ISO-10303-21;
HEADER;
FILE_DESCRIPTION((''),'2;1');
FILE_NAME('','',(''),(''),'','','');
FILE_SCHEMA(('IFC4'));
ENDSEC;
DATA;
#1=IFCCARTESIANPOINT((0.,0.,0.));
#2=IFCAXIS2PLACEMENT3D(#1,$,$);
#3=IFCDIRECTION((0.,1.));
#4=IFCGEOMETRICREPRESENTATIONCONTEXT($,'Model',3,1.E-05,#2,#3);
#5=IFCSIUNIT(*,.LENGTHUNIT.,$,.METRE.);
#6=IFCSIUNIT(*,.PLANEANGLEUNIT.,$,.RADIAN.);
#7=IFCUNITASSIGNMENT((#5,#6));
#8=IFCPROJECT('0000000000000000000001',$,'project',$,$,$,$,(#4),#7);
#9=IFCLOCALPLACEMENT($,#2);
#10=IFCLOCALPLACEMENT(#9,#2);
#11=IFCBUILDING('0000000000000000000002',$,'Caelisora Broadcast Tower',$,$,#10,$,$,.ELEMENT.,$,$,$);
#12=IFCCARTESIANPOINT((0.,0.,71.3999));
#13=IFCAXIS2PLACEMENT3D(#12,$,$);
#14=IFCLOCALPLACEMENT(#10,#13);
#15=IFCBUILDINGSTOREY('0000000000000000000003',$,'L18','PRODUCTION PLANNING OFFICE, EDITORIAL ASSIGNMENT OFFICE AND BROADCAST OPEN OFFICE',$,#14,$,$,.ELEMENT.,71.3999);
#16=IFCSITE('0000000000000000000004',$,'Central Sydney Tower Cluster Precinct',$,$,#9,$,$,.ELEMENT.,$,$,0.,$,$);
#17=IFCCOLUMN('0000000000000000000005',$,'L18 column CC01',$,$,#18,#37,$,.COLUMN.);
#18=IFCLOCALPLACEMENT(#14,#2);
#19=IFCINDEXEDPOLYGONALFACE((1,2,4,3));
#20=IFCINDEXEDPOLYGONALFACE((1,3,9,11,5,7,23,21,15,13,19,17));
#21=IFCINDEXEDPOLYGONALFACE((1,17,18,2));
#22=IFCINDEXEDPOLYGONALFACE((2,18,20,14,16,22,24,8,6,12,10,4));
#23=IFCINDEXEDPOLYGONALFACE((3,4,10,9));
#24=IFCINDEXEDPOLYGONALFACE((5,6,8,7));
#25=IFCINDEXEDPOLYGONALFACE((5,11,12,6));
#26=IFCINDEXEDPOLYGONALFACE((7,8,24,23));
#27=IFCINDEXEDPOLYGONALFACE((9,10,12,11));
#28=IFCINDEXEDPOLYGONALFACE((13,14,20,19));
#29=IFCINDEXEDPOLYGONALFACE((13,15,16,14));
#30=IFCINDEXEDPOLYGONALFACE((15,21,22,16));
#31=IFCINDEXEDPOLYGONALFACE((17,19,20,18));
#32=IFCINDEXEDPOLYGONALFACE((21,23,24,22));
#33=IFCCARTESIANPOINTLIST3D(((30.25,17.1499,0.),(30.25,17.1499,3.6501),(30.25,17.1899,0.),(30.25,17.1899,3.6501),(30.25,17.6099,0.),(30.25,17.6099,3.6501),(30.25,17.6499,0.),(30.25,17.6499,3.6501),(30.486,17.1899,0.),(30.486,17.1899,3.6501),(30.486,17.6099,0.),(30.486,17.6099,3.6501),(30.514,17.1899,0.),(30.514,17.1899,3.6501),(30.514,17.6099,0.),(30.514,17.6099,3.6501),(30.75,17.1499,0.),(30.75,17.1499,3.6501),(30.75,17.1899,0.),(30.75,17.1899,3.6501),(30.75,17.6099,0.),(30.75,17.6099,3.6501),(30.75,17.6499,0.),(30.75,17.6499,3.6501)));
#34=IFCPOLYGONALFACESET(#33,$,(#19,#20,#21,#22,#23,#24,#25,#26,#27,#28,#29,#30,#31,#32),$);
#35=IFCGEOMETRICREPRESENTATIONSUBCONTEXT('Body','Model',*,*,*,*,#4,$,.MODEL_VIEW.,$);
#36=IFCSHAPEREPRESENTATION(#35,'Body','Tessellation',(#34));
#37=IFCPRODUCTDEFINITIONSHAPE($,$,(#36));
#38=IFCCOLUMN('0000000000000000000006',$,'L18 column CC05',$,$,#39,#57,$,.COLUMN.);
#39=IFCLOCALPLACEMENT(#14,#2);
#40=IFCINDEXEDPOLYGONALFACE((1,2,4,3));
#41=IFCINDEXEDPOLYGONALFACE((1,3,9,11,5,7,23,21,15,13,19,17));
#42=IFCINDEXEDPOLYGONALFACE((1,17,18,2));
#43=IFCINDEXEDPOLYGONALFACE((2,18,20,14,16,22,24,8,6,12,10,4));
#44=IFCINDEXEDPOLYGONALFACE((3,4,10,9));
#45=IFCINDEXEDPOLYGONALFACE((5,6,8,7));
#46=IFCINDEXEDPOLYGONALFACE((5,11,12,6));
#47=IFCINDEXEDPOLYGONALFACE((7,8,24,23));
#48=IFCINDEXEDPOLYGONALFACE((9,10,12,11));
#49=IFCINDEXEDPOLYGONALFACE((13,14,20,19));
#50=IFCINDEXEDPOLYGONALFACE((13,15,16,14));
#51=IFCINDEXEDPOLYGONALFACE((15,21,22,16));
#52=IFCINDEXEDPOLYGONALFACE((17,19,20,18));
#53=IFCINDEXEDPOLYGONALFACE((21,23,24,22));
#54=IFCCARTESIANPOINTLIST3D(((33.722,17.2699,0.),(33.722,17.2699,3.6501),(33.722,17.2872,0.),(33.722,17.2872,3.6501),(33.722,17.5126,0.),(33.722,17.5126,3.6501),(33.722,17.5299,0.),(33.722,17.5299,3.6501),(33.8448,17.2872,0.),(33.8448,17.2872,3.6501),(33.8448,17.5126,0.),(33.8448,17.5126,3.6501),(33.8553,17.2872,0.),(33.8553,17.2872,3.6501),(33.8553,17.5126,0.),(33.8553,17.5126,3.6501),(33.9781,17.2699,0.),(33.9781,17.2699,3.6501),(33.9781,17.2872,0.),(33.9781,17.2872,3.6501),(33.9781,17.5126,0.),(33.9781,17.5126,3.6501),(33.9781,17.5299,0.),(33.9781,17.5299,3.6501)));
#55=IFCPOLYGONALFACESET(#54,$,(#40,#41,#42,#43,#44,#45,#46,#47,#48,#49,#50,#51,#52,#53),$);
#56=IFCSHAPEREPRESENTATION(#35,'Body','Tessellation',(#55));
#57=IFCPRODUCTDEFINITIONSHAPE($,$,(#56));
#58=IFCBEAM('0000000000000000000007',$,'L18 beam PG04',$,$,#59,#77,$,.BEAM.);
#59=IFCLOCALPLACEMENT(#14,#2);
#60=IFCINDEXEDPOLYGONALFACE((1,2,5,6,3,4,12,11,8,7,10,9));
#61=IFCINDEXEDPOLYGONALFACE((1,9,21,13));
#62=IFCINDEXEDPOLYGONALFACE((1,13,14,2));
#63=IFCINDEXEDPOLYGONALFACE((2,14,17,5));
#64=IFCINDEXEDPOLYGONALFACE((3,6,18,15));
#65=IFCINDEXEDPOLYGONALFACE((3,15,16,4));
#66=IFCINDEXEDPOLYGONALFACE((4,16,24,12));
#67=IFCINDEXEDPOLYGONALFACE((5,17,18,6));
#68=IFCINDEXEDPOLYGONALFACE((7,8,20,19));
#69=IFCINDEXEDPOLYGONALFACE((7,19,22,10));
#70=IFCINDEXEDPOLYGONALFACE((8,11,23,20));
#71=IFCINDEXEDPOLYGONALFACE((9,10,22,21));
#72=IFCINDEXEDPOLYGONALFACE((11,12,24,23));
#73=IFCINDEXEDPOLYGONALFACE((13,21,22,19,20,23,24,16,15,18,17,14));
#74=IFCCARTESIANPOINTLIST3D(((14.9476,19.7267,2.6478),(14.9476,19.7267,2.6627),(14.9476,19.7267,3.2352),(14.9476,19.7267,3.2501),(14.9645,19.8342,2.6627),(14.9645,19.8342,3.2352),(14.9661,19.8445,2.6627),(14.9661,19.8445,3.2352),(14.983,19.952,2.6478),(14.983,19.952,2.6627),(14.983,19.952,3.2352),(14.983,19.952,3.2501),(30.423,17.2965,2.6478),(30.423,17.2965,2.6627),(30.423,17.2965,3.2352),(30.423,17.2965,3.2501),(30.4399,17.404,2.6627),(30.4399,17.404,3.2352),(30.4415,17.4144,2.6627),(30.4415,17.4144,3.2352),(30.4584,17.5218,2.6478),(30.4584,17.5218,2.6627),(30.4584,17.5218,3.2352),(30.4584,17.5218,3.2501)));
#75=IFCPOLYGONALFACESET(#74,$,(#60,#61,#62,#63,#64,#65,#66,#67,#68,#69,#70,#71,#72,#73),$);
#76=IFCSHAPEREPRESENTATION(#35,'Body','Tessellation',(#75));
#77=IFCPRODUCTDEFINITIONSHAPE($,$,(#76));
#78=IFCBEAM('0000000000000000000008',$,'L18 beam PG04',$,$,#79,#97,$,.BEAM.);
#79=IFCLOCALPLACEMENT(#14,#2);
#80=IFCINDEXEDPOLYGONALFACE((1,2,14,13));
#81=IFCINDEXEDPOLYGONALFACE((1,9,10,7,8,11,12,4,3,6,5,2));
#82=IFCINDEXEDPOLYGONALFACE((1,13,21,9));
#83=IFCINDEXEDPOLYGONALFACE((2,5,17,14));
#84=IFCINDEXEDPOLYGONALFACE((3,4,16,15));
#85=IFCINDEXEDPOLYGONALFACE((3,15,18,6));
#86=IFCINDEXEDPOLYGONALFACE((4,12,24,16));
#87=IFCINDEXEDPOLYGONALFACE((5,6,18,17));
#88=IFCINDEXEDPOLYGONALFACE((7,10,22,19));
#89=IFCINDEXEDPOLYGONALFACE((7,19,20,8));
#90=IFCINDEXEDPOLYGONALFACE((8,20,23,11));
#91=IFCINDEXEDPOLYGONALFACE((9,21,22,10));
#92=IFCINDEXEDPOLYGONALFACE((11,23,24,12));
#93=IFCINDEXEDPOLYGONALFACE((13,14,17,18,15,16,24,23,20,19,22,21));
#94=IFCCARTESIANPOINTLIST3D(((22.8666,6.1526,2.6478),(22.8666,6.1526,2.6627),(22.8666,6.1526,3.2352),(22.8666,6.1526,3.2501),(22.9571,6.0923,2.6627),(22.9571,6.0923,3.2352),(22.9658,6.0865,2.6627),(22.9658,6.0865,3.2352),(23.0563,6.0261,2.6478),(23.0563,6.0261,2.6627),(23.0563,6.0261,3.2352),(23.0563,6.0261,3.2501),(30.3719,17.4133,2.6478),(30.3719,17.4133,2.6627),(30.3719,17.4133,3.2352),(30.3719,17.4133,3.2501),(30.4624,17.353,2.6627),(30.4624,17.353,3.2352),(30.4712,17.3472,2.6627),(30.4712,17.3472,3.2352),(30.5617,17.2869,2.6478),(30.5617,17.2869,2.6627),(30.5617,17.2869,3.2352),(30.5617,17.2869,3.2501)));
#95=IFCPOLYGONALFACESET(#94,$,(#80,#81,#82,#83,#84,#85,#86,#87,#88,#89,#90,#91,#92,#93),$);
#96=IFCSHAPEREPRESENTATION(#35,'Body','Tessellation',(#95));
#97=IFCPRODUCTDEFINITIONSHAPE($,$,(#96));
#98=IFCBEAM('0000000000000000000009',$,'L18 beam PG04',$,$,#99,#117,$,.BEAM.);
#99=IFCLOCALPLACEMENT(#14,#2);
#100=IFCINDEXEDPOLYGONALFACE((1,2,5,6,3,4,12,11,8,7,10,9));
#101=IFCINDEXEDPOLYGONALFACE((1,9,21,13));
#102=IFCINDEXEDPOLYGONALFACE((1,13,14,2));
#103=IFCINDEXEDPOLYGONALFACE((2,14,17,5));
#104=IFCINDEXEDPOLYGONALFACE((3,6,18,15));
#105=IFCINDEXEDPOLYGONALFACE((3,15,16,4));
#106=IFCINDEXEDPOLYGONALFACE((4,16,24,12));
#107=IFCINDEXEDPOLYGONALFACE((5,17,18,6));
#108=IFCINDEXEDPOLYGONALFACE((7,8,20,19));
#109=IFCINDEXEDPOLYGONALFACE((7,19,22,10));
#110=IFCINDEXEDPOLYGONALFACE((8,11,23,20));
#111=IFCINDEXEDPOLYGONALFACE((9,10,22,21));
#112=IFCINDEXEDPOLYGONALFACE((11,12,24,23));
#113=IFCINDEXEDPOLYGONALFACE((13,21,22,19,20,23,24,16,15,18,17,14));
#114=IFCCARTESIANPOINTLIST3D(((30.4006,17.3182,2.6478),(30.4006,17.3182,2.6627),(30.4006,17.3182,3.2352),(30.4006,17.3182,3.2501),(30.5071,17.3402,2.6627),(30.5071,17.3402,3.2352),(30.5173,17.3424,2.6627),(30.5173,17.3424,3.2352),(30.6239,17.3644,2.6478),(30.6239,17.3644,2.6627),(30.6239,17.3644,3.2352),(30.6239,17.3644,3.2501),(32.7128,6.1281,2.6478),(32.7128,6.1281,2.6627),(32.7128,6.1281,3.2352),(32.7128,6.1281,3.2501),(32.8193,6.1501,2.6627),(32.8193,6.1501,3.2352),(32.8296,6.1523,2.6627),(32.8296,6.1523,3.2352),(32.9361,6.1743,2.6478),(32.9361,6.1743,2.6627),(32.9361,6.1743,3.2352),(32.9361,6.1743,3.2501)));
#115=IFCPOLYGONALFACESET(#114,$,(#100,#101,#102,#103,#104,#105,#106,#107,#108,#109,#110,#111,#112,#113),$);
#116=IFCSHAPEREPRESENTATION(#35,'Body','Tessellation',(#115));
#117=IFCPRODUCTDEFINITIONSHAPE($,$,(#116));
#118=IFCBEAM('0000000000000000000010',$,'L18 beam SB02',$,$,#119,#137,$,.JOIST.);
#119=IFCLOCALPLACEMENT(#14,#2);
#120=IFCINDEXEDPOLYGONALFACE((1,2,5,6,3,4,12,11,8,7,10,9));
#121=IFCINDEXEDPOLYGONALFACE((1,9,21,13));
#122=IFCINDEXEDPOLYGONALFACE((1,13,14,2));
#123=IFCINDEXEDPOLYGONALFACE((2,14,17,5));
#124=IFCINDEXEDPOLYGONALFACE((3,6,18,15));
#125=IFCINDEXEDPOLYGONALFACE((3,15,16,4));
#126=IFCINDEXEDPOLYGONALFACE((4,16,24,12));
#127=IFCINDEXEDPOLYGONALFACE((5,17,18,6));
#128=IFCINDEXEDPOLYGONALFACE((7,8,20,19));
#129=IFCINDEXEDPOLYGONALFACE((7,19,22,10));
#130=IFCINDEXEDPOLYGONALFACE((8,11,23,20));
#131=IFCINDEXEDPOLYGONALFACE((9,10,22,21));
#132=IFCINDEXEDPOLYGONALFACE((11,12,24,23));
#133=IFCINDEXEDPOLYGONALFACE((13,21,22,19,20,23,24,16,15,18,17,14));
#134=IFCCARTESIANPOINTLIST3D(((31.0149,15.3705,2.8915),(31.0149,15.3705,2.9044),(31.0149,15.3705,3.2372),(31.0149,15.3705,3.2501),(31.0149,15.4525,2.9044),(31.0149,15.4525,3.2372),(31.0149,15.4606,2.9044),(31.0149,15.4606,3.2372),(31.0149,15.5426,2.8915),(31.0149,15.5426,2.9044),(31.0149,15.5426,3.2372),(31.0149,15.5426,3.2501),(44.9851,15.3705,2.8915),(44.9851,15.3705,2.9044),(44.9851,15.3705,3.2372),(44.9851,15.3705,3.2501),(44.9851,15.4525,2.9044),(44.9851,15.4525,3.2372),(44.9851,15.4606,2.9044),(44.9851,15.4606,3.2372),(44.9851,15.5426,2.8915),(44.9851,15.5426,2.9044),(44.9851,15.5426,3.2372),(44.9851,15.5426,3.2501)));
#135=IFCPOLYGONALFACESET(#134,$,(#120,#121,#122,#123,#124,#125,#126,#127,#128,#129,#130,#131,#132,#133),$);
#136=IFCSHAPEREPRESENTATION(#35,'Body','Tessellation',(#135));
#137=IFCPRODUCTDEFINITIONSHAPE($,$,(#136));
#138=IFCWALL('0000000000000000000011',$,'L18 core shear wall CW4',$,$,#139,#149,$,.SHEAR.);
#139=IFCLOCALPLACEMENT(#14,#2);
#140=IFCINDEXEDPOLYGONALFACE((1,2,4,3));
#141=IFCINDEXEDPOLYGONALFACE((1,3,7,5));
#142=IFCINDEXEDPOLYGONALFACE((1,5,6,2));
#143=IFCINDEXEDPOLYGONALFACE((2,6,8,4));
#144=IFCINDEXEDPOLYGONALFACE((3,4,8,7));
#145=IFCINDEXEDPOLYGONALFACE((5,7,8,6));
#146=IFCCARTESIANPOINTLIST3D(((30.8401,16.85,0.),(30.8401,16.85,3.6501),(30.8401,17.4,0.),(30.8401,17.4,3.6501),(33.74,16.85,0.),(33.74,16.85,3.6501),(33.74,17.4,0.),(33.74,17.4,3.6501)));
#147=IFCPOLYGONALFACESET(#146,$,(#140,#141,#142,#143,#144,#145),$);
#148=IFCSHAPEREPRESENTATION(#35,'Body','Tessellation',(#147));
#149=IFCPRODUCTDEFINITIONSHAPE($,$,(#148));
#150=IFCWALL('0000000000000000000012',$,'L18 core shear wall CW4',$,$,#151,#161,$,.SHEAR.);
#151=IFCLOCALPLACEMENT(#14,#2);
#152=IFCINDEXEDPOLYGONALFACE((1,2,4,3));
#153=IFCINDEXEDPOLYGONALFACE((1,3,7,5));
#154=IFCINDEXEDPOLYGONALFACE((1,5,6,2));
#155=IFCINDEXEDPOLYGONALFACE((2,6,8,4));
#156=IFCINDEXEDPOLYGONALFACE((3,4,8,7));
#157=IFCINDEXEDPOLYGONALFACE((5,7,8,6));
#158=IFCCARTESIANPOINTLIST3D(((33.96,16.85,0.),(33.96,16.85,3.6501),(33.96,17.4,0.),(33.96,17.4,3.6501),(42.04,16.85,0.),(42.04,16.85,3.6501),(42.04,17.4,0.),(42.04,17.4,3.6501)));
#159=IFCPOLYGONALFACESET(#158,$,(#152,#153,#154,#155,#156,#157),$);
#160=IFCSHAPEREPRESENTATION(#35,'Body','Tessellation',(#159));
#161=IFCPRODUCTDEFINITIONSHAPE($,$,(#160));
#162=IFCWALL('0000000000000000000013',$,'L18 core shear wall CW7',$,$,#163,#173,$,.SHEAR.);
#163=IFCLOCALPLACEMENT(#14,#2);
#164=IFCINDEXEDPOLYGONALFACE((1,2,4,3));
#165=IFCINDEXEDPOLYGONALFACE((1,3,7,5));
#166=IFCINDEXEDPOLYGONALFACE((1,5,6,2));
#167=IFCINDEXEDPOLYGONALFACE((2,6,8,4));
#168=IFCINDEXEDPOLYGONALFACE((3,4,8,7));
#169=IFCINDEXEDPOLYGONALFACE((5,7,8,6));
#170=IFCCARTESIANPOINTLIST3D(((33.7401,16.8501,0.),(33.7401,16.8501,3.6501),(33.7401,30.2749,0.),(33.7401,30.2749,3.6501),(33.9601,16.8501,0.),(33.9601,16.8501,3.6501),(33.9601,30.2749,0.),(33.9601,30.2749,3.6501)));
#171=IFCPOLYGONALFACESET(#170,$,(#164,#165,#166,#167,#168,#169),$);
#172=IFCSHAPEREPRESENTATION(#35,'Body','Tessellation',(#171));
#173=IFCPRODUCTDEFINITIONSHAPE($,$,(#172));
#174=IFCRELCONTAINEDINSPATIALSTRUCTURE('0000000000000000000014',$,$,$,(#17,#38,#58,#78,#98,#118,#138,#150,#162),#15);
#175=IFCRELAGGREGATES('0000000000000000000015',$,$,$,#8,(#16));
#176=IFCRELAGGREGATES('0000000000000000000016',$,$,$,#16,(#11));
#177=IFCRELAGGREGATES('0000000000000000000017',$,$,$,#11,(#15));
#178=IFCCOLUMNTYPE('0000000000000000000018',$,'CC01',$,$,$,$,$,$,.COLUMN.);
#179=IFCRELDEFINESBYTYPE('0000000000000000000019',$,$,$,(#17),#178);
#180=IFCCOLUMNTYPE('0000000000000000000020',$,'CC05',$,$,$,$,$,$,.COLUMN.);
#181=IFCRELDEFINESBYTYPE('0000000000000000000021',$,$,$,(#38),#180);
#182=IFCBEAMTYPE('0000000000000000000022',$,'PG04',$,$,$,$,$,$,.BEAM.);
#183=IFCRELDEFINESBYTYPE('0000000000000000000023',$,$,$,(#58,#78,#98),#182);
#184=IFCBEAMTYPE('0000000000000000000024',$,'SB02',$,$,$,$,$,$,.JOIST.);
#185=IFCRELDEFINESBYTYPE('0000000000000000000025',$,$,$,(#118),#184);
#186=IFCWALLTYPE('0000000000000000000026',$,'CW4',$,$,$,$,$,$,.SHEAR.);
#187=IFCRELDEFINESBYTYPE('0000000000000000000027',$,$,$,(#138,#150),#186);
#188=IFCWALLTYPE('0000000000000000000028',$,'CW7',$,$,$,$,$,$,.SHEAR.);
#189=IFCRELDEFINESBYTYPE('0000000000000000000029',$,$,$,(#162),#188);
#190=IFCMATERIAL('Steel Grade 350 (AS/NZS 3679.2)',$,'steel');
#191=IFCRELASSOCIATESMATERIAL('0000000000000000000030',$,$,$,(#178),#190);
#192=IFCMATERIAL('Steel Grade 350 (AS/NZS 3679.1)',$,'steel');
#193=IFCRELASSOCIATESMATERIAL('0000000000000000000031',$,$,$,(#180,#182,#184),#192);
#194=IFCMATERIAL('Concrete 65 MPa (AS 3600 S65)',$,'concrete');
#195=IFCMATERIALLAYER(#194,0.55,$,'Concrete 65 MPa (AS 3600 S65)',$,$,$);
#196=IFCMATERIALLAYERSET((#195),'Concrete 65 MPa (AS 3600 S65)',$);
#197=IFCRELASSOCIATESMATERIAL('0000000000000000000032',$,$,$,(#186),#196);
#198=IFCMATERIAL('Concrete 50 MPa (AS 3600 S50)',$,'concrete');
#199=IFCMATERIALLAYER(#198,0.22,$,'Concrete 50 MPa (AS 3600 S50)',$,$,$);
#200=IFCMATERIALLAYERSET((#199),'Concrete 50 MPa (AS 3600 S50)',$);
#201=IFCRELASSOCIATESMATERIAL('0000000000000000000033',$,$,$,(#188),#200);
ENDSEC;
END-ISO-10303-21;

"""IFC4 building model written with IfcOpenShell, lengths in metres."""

from ifc_helpers import new_model, si_unit, direction, frame, frame_2d, origin, origin_2d, place, context, subcontext, project, spatial, rectangle, i_section, extrude, source, transform, mapped, material, layer, layer_set, material_profile, profile_set, type_object, type_shapes, element, save


model = new_model("IFC4")

# Units and contexts
model_context = context("Model", 3, precision=1e-05, world=origin(), true_north=direction((0.0, 1.0)))
body_context = subcontext(model_context, "Body", "Model", "MODEL_VIEW")
ifc_project = project(units=[si_unit("LENGTHUNIT", "METRE"), si_unit("PLANEANGLEUNIT", "RADIAN")], contexts=[model_context])

# Site, building, storey
site_placement = place(None, origin())
site = spatial("IfcSite", under=ifc_project, at=site_placement, Name="Central Sydney Tower Cluster Precinct", CompositionType="ELEMENT", RefElevation=0.0)
building_placement = place(site_placement, origin())
building = spatial("IfcBuilding", under=site, at=building_placement, Name="Caelisora Broadcast Tower", CompositionType="ELEMENT")
storey_placement = place(building_placement, frame((0.0, 0.0, 71.3999)))
storey = spatial("IfcBuildingStorey", under=building, at=storey_placement, Name="L18", Description="PRODUCTION PLANNING OFFICE, EDITORIAL ASSIGNMENT OFFICE AND BROADCAST OPEN OFFICE", CompositionType="ELEMENT", Elevation=71.3999)

# Columns
ifc_material_1 = material(Name="Steel Grade 350 (AS/NZS 3679.2)", Category="steel")
ifc_material_profile_1 = material_profile(ifc_material_1, i_section(OverallWidth=0.5, OverallDepth=0.5, WebThickness=0.0281, FlangeThickness=0.04, at=origin_2d()), Name="Steel Grade 350 (AS/NZS 3679.2)")
ifc_profile_set_1 = profile_set([ifc_material_profile_1], Name="Steel Grade 350 (AS/NZS 3679.2)")
column_type_1 = type_object("IfcColumnType", Name="CC01", PredefinedType="COLUMN", material=ifc_profile_set_1)
shared_shape_1 = source(origin(), body_context, "Body", "SweptSolid", [
    extrude(i_section(OverallWidth=0.5, OverallDepth=0.5, WebThickness=0.0281, FlangeThickness=0.04, at=origin_2d()), origin(), (0.0, 0.0, 1.0), 3.6501),
])
type_shapes(column_type_1, [shared_shape_1])
column_1_placement = place(storey_placement, frame((30.5, 17.3999, 0.0), z_axis=(0.0, 0.0, 1.0), x_axis=(1.0, 0.0, 0.0)))
element("IfcColumn", 1, at=column_1_placement, inside=storey, type_object=column_type_1, Name="L18 column CC01", PredefinedType="COLUMN", context=body_context, shape_type="MappedRepresentation", body=[
    mapped(shared_shape_1, transform((0.0, 0.0, 0.0), scale=1.0)),
])
ifc_material_2 = material(Name="Steel Grade 350 (AS/NZS 3679.1)", Category="steel")
ifc_material_profile_2 = material_profile(ifc_material_2, i_section(OverallWidth=0.2561, OverallDepth=0.26, WebThickness=0.0105, FlangeThickness=0.0173, at=origin_2d()), Name="Steel Grade 350 (AS/NZS 3679.1)")
ifc_profile_set_2 = profile_set([ifc_material_profile_2], Name="Steel Grade 350 (AS/NZS 3679.1)")
column_type_2 = type_object("IfcColumnType", Name="CC05", PredefinedType="COLUMN", material=ifc_profile_set_2)
shared_shape_2 = source(origin(), body_context, "Body", "SweptSolid", [
    extrude(i_section(OverallWidth=0.2561, OverallDepth=0.26, WebThickness=0.0105, FlangeThickness=0.0173, at=origin_2d()), origin(), (0.0, 0.0, 1.0), 3.6501),
])
type_shapes(column_type_2, [shared_shape_2])
column_2_placement = place(storey_placement, frame((33.8501, 17.3999, 0.0), z_axis=(0.0, 0.0, 1.0), x_axis=(1.0, 0.0, 0.0)))
element("IfcColumn", 2, at=column_2_placement, inside=storey, type_object=column_type_2, Name="L18 column CC05", PredefinedType="COLUMN", context=body_context, shape_type="MappedRepresentation", body=[
    mapped(shared_shape_2, transform((0.0, 0.0, 0.0), scale=1.0)),
])

# Beams
ifc_material_profile_3 = material_profile(ifc_material_2, i_section(OverallWidth=0.228, OverallDepth=0.6023, WebThickness=0.0105, FlangeThickness=0.0149, at=origin_2d()), Name="Steel Grade 350 (AS/NZS 3679.1)")
ifc_profile_set_3 = profile_set([ifc_material_profile_3], Name="Steel Grade 350 (AS/NZS 3679.1)")
beam_type_1 = type_object("IfcBeamType", Name="PG04", PredefinedType="BEAM", material=ifc_profile_set_3)
shared_shape_3 = source(origin(), body_context, "Body", "SweptSolid", [
    extrude(i_section(OverallWidth=0.228, OverallDepth=0.6023, WebThickness=0.0105, FlangeThickness=0.0149, at=origin_2d()), origin(), (0.0, 0.0, 1.0), 15.665),
])
beam_1_placement = place(storey_placement, frame((30.4407, 17.4092, 2.949), z_axis=(-0.987893, 0.155134, 0.0), x_axis=(-0.155134, -0.987893, 0.0)))
element("IfcBeam", 3, at=beam_1_placement, inside=storey, type_object=beam_type_1, Name="L18 beam PG04", PredefinedType="BEAM", context=body_context, shape_type="MappedRepresentation", body=[
    mapped(shared_shape_3, transform((0.0, 0.0, 0.0), scale=1.0)),
])
shared_shape_4 = source(origin(), body_context, "Body", "SweptSolid", [
    extrude(i_section(OverallWidth=0.228, OverallDepth=0.6023, WebThickness=0.0105, FlangeThickness=0.0149, at=origin_2d()), origin(), (0.0, 0.0, 1.0), 13.5327),
])
beam_2_placement = place(storey_placement, frame((30.4668, 17.3501, 2.949), z_axis=(-0.554609, -0.832111, 0.0), x_axis=(0.832111, -0.554609, 0.0)))
element("IfcBeam", 4, at=beam_2_placement, inside=storey, type_object=beam_type_1, Name="L18 beam PG04", PredefinedType="BEAM", context=body_context, shape_type="MappedRepresentation", body=[
    mapped(shared_shape_4, transform((0.0, 0.0, 0.0), scale=1.0)),
])
shared_shape_5 = source(origin(), body_context, "Body", "SweptSolid", [
    extrude(i_section(OverallWidth=0.228, OverallDepth=0.6023, WebThickness=0.0105, FlangeThickness=0.0149, at=origin_2d()), origin(), (0.0, 0.0, 1.0), 11.4265),
])
type_shapes(beam_type_1, [shared_shape_3, shared_shape_4, shared_shape_5])
beam_3_placement = place(storey_placement, frame((30.5122, 17.3413, 2.949), z_axis=(0.202358, -0.979312, 0.0), x_axis=(0.979312, 0.202358, 0.0)))
element("IfcBeam", 5, at=beam_3_placement, inside=storey, type_object=beam_type_1, Name="L18 beam PG04", PredefinedType="BEAM", context=body_context, shape_type="MappedRepresentation", body=[
    mapped(shared_shape_5, transform((0.0, 0.0, 0.0), scale=1.0)),
])
ifc_material_profile_4 = material_profile(ifc_material_2, i_section(OverallWidth=0.1721, OverallDepth=0.3586, WebThickness=0.0081, FlangeThickness=0.0129, at=origin_2d()), Name="Steel Grade 350 (AS/NZS 3679.1)")
ifc_profile_set_4 = profile_set([ifc_material_profile_4], Name="Steel Grade 350 (AS/NZS 3679.1)")
beam_type_2 = type_object("IfcBeamType", Name="SB02", PredefinedType="JOIST", material=ifc_profile_set_4)
shared_shape_6 = source(origin(), body_context, "Body", "SweptSolid", [
    extrude(i_section(OverallWidth=0.1721, OverallDepth=0.3586, WebThickness=0.0081, FlangeThickness=0.0129, at=origin_2d()), origin(), (0.0, 0.0, 1.0), 13.9702),
])
type_shapes(beam_type_2, [shared_shape_6])
beam_4_placement = place(storey_placement, frame((31.0149, 15.4565, 3.0708), z_axis=(1.0, 0.0, 0.0), x_axis=(0.0, 1.0, 0.0)))
element("IfcBeam", 6, at=beam_4_placement, inside=storey, type_object=beam_type_2, Name="L18 beam SB02", PredefinedType="JOIST", context=body_context, shape_type="MappedRepresentation", body=[
    mapped(shared_shape_6, transform((0.0, 0.0, 0.0), scale=1.0)),
])

# Shared definitions
ifc_material_3 = material(Name="Concrete 65 MPa (AS 3600 S65)", Category="concrete")

# Walls
ifc_layer_1 = layer(ifc_material_3, 0.55, Name="Concrete 65 MPa (AS 3600 S65)")
ifc_layer_set_1 = layer_set([ifc_layer_1], Name="Concrete 65 MPa (AS 3600 S65)")
wall_type_1 = type_object("IfcWallType", Name="CW4", PredefinedType="SHEAR", material=ifc_layer_set_1)
wall_1_placement = place(storey_placement, frame((30.8401, 17.125, 0.0), z_axis=(0.0, 0.0, 1.0), x_axis=(1.0, 0.0, 0.0)))
element("IfcWall", 7, at=wall_1_placement, inside=storey, type_object=wall_type_1, Name="L18 core shear wall CW4", PredefinedType="SHEAR", context=body_context, shape_type="SweptSolid", body=[
    extrude(rectangle(XDim=2.8999, YDim=0.55, at=frame_2d((1.45, 0.0))), origin(), (0.0, 0.0, 1.0), 3.6501),
])
wall_2_placement = place(storey_placement, frame((33.96, 17.125, 0.0), z_axis=(0.0, 0.0, 1.0), x_axis=(1.0, 0.0, 0.0)))
element("IfcWall", 8, at=wall_2_placement, inside=storey, type_object=wall_type_1, Name="L18 core shear wall CW4", PredefinedType="SHEAR", context=body_context, shape_type="SweptSolid", body=[
    extrude(rectangle(XDim=8.0801, YDim=0.55, at=frame_2d((4.04, 0.0))), origin(), (0.0, 0.0, 1.0), 3.6501),
])
ifc_material_4 = material(Name="Concrete 50 MPa (AS 3600 S50)", Category="concrete")
ifc_layer_2 = layer(ifc_material_4, 0.22, Name="Concrete 50 MPa (AS 3600 S50)")
ifc_layer_set_2 = layer_set([ifc_layer_2], Name="Concrete 50 MPa (AS 3600 S50)")
wall_type_2 = type_object("IfcWallType", Name="CW7", PredefinedType="SHEAR", material=ifc_layer_set_2)
wall_3_placement = place(storey_placement, frame((33.8501, 16.8501, 0.0), z_axis=(0.0, 0.0, 1.0), x_axis=(0.0, 1.0, 0.0)))
element("IfcWall", 9, at=wall_3_placement, inside=storey, type_object=wall_type_2, Name="L18 core shear wall CW7", PredefinedType="SHEAR", context=body_context, shape_type="SweptSolid", body=[
    extrude(rectangle(XDim=13.4248, YDim=0.22, at=frame_2d((6.7124, 0.0))), origin(), (0.0, 0.0, 1.0), 3.6501),
])

save(model, "model.ifc")
